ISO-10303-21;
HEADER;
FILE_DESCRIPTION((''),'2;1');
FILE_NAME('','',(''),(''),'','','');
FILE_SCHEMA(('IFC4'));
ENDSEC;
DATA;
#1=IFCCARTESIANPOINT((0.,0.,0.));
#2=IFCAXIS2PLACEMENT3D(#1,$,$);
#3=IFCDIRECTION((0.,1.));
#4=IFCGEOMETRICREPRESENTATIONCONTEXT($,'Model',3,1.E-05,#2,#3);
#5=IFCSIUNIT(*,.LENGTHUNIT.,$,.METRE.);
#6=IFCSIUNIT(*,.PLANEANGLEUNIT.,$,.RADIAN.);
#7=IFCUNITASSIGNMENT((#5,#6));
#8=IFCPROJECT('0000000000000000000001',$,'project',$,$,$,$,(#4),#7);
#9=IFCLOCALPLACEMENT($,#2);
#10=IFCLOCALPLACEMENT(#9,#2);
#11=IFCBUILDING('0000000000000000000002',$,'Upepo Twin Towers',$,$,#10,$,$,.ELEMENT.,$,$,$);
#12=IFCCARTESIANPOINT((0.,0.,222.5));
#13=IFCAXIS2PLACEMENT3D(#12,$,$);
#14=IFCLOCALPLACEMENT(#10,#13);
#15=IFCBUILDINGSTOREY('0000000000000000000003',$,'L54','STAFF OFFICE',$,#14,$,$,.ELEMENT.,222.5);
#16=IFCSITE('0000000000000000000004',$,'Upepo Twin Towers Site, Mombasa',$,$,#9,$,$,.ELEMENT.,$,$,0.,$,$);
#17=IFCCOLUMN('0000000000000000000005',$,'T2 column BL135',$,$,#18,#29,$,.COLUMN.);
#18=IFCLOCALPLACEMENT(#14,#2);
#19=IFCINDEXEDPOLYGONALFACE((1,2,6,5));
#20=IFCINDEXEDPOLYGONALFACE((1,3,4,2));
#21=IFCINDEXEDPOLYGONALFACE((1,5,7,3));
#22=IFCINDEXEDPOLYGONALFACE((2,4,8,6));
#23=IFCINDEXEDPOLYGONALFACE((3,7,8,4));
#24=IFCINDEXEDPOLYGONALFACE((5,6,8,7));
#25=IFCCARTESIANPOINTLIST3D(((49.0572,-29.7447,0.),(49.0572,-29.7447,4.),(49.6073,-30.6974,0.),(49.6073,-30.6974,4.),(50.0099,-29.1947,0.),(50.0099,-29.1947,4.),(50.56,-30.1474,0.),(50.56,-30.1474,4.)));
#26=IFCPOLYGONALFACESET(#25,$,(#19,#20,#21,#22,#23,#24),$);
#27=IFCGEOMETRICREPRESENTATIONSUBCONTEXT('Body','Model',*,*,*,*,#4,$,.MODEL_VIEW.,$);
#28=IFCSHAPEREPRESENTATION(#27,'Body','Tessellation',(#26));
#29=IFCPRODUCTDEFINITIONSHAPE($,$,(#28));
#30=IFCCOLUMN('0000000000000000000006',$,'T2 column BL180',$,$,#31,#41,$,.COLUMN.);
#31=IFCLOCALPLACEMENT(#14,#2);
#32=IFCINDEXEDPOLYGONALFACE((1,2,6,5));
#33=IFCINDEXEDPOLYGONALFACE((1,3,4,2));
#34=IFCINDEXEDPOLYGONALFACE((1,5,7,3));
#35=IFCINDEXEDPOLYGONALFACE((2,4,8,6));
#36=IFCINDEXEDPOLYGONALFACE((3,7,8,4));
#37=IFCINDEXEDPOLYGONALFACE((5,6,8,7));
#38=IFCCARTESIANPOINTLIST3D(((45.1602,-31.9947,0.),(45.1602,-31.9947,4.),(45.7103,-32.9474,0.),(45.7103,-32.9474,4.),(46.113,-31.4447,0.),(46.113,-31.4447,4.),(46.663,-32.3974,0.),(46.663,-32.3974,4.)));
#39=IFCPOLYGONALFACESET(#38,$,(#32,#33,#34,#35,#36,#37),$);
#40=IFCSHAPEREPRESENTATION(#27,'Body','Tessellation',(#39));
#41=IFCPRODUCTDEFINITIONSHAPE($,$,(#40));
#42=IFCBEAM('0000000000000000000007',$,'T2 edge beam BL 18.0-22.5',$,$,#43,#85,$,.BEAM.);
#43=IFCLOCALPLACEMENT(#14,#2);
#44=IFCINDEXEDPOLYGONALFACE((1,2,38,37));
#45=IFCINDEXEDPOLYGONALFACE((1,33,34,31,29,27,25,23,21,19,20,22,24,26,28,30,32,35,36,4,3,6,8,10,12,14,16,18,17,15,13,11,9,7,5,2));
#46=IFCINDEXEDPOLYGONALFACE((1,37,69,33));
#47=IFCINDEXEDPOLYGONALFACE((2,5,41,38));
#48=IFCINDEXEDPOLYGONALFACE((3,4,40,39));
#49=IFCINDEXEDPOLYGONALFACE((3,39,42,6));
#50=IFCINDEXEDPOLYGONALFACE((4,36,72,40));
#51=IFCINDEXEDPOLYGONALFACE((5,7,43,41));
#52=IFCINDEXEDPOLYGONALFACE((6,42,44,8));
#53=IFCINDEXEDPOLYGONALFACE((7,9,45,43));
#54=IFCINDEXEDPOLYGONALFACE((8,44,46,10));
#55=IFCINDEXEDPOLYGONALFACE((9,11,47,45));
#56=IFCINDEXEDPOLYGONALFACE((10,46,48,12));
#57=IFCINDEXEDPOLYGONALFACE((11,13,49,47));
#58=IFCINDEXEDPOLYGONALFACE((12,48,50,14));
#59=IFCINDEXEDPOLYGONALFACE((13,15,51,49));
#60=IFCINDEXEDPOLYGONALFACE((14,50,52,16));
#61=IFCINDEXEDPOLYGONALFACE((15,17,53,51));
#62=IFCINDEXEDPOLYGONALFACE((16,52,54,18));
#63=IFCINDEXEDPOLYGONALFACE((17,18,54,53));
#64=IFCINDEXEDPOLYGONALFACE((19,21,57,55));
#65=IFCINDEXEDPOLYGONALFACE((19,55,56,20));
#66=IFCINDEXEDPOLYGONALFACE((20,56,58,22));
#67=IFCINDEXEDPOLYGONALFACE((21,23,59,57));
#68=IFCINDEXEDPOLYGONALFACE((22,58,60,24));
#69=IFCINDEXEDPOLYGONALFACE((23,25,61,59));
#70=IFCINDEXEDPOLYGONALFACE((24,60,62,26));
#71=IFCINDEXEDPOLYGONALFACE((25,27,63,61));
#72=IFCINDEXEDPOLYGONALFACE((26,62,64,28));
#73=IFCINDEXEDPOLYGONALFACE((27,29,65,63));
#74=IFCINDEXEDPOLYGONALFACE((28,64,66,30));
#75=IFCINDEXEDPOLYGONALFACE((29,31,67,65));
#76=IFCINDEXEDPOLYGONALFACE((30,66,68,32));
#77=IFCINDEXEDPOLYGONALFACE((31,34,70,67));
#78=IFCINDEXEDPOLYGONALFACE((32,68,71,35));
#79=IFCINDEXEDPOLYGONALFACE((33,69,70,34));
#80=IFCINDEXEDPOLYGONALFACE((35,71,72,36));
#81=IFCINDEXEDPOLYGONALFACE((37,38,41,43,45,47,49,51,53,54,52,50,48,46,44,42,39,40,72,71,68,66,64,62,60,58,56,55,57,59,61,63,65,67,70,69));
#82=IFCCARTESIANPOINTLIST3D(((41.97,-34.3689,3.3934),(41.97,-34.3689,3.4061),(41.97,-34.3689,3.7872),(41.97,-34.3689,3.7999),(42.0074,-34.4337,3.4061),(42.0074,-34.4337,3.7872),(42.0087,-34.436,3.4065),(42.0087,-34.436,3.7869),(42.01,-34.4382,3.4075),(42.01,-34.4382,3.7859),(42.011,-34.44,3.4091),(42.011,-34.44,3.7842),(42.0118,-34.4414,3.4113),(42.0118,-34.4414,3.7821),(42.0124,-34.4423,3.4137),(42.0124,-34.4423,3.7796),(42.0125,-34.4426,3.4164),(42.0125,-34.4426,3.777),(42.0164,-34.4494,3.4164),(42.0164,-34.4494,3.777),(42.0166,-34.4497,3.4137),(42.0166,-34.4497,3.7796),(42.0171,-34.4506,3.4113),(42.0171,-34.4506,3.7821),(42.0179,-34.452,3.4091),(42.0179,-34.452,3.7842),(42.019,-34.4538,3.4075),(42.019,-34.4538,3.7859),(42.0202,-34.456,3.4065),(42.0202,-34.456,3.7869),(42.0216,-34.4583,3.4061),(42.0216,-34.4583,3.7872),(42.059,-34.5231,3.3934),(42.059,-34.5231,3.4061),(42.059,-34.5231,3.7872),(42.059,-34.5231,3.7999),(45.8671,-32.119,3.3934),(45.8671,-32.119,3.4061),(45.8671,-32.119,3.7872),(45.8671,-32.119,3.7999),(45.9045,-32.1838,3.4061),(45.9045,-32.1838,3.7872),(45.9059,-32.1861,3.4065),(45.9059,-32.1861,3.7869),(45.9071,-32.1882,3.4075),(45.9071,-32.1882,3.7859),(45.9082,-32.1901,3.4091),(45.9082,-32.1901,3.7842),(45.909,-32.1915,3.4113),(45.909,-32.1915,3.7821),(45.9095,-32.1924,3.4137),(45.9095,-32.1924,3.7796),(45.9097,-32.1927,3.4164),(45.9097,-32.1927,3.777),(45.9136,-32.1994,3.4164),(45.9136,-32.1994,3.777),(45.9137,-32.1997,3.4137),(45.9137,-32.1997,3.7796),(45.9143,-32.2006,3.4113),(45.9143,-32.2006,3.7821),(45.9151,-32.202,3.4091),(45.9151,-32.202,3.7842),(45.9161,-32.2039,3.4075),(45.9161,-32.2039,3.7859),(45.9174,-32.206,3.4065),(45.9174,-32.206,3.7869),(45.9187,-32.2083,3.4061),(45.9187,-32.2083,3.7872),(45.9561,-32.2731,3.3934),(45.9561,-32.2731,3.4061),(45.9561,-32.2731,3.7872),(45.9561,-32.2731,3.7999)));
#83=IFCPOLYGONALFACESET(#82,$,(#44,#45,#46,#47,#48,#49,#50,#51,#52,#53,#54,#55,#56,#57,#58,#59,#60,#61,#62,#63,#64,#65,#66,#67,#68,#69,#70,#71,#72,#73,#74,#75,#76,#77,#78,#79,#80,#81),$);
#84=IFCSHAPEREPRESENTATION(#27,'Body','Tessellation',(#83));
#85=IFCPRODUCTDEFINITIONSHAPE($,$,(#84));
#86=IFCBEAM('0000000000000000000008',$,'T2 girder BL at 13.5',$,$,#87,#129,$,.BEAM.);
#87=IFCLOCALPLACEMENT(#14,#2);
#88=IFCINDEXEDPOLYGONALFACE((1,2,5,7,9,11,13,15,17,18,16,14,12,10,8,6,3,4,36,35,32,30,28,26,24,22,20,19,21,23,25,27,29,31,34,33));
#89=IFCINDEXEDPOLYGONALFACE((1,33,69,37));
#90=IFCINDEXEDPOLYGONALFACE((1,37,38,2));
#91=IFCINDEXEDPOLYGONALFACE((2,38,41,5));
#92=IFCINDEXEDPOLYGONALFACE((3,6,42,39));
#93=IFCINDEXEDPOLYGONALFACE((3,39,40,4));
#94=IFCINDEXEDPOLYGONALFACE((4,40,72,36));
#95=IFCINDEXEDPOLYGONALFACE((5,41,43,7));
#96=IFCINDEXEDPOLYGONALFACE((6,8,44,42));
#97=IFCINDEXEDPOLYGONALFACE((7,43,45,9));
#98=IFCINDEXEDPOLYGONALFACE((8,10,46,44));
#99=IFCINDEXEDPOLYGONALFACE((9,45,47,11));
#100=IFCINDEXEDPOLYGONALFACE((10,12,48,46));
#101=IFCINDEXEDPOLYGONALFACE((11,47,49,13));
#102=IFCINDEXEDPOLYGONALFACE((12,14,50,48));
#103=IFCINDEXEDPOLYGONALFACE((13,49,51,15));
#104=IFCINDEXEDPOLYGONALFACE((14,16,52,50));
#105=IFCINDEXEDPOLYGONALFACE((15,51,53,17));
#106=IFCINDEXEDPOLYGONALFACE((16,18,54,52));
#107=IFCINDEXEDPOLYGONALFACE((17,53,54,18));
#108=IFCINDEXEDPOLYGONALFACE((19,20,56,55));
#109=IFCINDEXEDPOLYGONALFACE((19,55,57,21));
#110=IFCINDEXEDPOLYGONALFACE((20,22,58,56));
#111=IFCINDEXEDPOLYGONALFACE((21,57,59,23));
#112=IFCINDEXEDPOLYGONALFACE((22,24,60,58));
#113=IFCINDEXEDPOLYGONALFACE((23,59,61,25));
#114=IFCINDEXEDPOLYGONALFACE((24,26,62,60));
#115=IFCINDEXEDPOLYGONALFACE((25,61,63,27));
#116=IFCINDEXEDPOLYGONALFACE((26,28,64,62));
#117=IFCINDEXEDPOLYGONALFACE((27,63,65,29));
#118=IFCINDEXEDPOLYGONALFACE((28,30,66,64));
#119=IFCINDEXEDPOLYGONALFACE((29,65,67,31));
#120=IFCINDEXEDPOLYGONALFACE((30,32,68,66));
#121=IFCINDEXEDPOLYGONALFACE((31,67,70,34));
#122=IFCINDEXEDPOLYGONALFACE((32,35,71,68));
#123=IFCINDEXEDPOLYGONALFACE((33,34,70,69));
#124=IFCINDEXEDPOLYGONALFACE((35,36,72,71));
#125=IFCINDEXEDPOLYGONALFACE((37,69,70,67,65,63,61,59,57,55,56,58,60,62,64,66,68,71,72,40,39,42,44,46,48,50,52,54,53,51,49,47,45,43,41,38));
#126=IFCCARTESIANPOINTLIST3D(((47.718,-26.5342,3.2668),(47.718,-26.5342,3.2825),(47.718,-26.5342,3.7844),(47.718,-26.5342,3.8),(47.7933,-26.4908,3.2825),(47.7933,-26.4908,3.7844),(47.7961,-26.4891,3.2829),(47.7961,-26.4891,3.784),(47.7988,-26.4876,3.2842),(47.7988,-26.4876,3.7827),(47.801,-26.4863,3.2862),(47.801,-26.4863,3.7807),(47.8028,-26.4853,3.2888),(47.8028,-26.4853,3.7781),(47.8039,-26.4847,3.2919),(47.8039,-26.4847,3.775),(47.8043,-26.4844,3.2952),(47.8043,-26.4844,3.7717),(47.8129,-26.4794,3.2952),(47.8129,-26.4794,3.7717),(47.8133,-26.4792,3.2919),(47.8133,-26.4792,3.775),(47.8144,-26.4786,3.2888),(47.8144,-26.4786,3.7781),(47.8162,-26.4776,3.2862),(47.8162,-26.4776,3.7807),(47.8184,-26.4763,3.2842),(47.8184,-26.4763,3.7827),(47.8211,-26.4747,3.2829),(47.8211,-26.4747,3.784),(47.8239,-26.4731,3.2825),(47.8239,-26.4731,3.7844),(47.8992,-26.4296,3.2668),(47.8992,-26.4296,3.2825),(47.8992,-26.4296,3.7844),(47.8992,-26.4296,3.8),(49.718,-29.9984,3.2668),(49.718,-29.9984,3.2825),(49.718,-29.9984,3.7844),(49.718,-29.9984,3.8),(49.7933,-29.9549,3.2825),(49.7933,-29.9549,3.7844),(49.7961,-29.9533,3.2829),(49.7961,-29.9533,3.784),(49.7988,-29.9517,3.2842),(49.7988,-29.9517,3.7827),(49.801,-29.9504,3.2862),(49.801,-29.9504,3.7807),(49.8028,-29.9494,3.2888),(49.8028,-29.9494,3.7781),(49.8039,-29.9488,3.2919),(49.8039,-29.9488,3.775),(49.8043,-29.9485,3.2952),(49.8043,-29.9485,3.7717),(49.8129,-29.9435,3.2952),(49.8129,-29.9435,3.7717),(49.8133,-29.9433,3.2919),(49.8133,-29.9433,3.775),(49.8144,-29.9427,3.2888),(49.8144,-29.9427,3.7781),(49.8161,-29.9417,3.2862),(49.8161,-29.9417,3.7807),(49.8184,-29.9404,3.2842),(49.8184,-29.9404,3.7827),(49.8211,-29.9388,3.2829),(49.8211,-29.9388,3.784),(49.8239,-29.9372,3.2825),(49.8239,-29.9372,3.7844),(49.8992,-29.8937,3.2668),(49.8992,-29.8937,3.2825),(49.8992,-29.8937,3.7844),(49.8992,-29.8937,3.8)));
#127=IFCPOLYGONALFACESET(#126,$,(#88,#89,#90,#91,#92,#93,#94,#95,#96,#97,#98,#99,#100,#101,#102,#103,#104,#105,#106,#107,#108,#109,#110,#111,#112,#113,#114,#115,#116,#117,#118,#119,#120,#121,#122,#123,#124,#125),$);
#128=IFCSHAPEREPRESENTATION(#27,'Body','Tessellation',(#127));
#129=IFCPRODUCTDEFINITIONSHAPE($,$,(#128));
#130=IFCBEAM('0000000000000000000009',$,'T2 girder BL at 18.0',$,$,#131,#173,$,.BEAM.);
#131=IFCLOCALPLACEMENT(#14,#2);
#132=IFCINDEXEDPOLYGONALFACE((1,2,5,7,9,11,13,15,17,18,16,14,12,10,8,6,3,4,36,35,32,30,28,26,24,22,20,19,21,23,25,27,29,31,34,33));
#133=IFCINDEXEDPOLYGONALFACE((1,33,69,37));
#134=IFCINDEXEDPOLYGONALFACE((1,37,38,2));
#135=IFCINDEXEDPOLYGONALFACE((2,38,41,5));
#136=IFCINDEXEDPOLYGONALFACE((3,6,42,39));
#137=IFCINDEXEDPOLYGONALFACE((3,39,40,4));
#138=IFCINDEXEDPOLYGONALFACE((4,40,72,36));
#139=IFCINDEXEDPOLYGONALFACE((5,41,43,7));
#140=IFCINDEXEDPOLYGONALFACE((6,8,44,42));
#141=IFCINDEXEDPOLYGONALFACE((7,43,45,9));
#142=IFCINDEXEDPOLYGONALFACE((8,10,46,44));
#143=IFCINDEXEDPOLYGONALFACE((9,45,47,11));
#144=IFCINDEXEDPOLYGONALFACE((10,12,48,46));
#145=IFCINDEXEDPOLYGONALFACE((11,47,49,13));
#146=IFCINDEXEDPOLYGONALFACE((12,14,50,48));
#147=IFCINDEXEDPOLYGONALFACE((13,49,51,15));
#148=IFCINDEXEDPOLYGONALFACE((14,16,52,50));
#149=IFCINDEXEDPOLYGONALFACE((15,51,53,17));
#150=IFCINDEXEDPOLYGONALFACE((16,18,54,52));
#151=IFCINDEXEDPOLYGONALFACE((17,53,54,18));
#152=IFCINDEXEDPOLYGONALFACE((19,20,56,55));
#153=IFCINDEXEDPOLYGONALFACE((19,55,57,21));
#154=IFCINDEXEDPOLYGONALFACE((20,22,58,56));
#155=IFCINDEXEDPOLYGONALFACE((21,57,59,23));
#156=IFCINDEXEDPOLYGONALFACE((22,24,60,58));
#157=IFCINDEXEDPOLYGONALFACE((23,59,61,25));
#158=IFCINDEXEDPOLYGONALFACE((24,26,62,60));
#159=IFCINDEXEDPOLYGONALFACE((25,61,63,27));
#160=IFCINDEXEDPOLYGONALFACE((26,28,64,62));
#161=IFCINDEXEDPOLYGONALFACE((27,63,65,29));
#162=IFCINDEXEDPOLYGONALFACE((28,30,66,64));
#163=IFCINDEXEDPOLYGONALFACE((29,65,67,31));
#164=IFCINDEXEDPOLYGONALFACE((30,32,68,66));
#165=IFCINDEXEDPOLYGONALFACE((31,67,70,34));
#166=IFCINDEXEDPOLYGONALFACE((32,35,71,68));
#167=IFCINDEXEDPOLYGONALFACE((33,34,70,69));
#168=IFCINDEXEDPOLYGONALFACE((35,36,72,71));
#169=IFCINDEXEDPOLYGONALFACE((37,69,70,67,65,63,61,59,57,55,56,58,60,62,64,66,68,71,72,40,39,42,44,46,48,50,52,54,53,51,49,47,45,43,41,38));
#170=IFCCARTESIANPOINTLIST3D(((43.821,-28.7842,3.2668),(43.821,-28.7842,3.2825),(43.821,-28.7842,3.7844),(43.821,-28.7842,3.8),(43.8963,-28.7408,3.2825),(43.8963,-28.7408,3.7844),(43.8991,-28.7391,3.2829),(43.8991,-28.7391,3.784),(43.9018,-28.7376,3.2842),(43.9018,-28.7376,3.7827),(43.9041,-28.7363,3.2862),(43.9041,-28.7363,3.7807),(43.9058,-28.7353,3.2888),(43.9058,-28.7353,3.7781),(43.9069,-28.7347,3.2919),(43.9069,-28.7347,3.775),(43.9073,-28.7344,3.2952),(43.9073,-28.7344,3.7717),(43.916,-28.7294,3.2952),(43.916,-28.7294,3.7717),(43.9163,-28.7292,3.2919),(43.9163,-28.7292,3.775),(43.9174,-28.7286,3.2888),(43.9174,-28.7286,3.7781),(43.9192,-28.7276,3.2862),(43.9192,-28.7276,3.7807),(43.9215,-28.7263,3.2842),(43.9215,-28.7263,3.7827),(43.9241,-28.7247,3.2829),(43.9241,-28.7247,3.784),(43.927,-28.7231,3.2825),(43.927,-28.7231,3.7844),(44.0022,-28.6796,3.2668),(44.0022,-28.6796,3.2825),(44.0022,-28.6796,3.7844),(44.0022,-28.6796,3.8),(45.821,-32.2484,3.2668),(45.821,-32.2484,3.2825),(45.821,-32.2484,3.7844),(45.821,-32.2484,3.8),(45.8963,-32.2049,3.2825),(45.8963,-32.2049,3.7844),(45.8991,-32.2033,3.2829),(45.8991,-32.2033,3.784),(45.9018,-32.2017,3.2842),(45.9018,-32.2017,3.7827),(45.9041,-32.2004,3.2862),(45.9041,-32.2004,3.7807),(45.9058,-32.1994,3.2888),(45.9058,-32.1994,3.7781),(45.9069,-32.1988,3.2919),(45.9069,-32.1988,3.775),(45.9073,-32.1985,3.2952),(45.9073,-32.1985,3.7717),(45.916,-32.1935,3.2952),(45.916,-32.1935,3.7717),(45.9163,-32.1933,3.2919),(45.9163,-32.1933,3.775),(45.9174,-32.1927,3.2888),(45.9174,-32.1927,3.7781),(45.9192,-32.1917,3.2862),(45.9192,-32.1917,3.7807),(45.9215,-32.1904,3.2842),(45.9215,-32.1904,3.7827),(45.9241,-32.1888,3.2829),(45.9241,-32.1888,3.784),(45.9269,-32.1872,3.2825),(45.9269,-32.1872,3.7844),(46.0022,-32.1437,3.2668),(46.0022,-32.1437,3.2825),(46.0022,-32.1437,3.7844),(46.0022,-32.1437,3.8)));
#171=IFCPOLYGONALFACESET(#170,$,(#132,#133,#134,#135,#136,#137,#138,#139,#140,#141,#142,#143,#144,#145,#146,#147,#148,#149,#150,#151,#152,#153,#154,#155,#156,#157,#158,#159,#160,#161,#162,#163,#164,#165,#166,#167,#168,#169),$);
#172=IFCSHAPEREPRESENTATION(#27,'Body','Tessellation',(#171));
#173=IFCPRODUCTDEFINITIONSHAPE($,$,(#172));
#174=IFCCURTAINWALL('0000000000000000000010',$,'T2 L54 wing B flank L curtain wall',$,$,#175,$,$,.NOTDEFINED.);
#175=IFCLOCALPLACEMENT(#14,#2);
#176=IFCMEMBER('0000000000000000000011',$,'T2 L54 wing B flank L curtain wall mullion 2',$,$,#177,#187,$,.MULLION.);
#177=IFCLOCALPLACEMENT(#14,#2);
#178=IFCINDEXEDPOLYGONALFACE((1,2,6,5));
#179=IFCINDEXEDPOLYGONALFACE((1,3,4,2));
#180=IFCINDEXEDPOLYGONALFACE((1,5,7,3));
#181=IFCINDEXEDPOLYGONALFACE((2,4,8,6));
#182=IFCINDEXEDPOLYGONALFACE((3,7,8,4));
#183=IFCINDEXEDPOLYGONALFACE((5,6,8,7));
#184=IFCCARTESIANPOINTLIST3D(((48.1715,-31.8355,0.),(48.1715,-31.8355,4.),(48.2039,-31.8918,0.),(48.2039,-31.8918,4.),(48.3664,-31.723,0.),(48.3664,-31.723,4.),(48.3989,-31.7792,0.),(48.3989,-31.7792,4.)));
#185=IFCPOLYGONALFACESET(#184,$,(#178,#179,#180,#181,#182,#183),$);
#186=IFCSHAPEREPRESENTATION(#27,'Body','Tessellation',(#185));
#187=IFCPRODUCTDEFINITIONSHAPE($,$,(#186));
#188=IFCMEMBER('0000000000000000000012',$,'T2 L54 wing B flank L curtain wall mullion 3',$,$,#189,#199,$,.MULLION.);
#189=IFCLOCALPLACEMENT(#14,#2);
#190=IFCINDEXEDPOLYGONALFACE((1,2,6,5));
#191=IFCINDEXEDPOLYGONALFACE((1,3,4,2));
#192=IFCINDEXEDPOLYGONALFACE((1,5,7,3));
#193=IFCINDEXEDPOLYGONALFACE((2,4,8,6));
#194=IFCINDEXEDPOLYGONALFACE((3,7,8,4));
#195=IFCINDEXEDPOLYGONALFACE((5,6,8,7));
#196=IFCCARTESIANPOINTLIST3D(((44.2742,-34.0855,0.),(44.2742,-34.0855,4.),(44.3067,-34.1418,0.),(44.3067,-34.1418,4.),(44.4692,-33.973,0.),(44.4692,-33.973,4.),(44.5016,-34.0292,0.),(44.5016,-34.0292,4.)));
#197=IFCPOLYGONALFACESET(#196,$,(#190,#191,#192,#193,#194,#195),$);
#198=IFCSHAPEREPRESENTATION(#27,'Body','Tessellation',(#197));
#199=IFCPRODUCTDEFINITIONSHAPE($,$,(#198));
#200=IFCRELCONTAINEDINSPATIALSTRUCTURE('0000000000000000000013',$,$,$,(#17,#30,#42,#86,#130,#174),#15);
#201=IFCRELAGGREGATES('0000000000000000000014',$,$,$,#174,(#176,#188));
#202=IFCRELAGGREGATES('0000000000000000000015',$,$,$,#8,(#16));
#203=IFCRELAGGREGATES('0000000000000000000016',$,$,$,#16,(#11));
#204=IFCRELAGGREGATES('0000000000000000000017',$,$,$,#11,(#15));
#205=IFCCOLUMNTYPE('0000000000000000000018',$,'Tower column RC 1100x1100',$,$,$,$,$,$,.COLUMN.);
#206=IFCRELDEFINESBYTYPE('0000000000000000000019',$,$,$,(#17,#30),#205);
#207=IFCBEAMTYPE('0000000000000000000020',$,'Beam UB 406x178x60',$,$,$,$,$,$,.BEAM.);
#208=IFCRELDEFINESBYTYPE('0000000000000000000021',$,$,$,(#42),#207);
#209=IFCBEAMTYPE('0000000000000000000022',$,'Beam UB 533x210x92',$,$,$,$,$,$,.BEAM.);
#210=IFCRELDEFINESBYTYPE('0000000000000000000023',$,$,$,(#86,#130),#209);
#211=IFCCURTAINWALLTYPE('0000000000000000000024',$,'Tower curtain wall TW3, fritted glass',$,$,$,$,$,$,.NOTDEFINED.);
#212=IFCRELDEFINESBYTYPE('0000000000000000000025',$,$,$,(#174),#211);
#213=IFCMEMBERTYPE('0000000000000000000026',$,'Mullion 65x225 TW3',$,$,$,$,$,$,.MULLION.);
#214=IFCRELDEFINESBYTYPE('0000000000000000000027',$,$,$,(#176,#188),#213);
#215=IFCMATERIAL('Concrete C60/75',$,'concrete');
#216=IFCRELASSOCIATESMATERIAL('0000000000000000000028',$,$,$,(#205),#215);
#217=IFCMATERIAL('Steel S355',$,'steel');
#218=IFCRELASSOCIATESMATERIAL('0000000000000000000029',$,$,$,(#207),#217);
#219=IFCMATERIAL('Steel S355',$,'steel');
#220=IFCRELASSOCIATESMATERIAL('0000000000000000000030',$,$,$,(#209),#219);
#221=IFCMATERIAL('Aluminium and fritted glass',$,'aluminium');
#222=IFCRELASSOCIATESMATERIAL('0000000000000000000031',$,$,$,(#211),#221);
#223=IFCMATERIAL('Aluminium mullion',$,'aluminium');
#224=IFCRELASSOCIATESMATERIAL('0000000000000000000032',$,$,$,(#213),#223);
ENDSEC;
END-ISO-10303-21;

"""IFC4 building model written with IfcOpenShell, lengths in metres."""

from ifc_helpers import new_model, si_unit, direction, frame, origin, origin_2d, place, context, subcontext, project, spatial, rectangle, i_section, extrude, material, material_profile, profile_set, type_object, element, aggregate, save


model = new_model("IFC4")

# Units and contexts
model_context = context("Model", 3, precision=1e-05, world=origin(), true_north=direction((0.0, 1.0)))
body_context = subcontext(model_context, "Body", "Model", "MODEL_VIEW")
ifc_project = project(units=[si_unit("LENGTHUNIT", "METRE"), si_unit("PLANEANGLEUNIT", "RADIAN")], contexts=[model_context])

# Site, building, storey
site_placement = place(None, origin())
site = spatial("IfcSite", under=ifc_project, at=site_placement, Name="Upepo Twin Towers Site, Mombasa", CompositionType="ELEMENT", RefElevation=0.0)
building_placement = place(site_placement, origin())
building = spatial("IfcBuilding", under=site, at=building_placement, Name="Upepo Twin Towers", CompositionType="ELEMENT")
storey_placement = place(building_placement, frame((0.0, 0.0, 222.5)))
storey = spatial("IfcBuildingStorey", under=building, at=storey_placement, Name="L54", Description="STAFF OFFICE", CompositionType="ELEMENT", Elevation=222.5)

# Columns
ifc_material_1 = material(Name="Concrete C60/75", Category="concrete")
ifc_material_profile_1 = material_profile(ifc_material_1, rectangle(XDim=1.1001, YDim=1.1001, at=origin_2d()), Name="RC 1100x1100")
ifc_profile_set_1 = profile_set([ifc_material_profile_1], Name="Concrete C60/75")
column_type = type_object("IfcColumnType", Name="Tower column RC 1100x1100", PredefinedType="COLUMN", material=ifc_profile_set_1)
for number, where, z_axis, x_axis, name in (
    (1, (49.8086, -29.946, 0.0), (0.0, 0.0, 1.0), (0.866025, 0.5, 0.0), "T2 column BL135"),
    (2, (45.9116, -32.196, 0.0), (0.0, 0.0, 1.0), (0.866025, 0.5, 0.0), "T2 column BL180"),
):
    element("IfcColumn", number, at=place(storey_placement, frame(where, z_axis=z_axis, x_axis=x_axis)), inside=storey, type_object=column_type, Name=name, PredefinedType="COLUMN", context=body_context, shape_type="SweptSolid", body=[
        extrude(rectangle(XDim=1.1001, YDim=1.1001, at=origin_2d()), origin(), (0.0, 0.0, 1.0), 4.0),
    ])

# Beams
ifc_material_2 = material(Name="Steel S355", Category="steel")
ifc_material_profile_2 = material_profile(ifc_material_2, i_section(OverallWidth=0.178, OverallDepth=0.4065, WebThickness=0.0078, FlangeThickness=0.0127, FilletRadius=0.0103, at=origin_2d()), Name="UB 406x178x60")
ifc_profile_set_2 = profile_set([ifc_material_profile_2], Name="Steel S355")
beam_type_1 = type_object("IfcBeamType", Name="Beam UB 406x178x60", PredefinedType="BEAM", material=ifc_profile_set_2)
beam_placement = place(storey_placement, frame((45.9116, -32.196, 3.5967), z_axis=(-0.866031, -0.49999, 0.0), x_axis=(0.49999, -0.866031, 0.0)))
element("IfcBeam", 3, at=beam_placement, inside=storey, type_object=beam_type_1, Name="T2 edge beam BL 18.0-22.5", PredefinedType="BEAM", context=body_context, shape_type="SweptSolid", body=[
    extrude(i_section(OverallWidth=0.178, OverallDepth=0.4065, WebThickness=0.0078, FlangeThickness=0.0127, FilletRadius=0.0103, at=origin_2d()), origin(), (0.0, 0.0, 1.0), 4.5),
])
ifc_material_3 = material(Name="Steel S355", Category="steel")
ifc_material_profile_3 = material_profile(ifc_material_3, i_section(OverallWidth=0.2092, OverallDepth=0.5332, WebThickness=0.01, FlangeThickness=0.0156, FilletRadius=0.0127, at=origin_2d()), Name="UB 533x210x92")
ifc_profile_set_3 = profile_set([ifc_material_profile_3], Name="Steel S355")
beam_type_2 = type_object("IfcBeamType", Name="Beam UB 533x210x92", PredefinedType="BEAM", material=ifc_profile_set_3)
for number, where, z_axis, x_axis, name in (
    (4, (49.8086, -29.946, 3.5334), (-0.499999, 0.866026, 0.0), (-0.866026, -0.499999, 0.0), "T2 girder BL at 13.5"),
    (5, (45.9116, -32.196, 3.5334), (-0.499999, 0.866026, 0.0), (-0.866026, -0.499999, 0.0), "T2 girder BL at 18.0"),
):
    element("IfcBeam", number, at=place(storey_placement, frame(where, z_axis=z_axis, x_axis=x_axis)), inside=storey, type_object=beam_type_2, Name=name, PredefinedType="BEAM", context=body_context, shape_type="SweptSolid", body=[
        extrude(i_section(OverallWidth=0.2092, OverallDepth=0.5332, WebThickness=0.01, FlangeThickness=0.0156, FilletRadius=0.0127, at=origin_2d()), origin(), (0.0, 0.0, 1.0), 4.0),
    ])

# Curtain wall, members
ifc_material_4 = material(Name="Aluminium and fritted glass", Category="aluminium")
curtain_wall_type = type_object("IfcCurtainWallType", Name="Tower curtain wall TW3, fritted glass", PredefinedType="NOTDEFINED", material=ifc_material_4)
curtain_wall_placement = place(storey_placement, origin())
curtain_wall = element("IfcCurtainWall", 6, at=curtain_wall_placement, inside=storey, type_object=curtain_wall_type, Name="T2 L54 wing B flank L curtain wall", PredefinedType="NOTDEFINED")
ifc_material_5 = material(Name="Aluminium mullion", Category="aluminium")
ifc_material_profile_4 = material_profile(ifc_material_5, rectangle(XDim=0.0649, YDim=0.2251, at=origin_2d()), Name="MULLION 65x225")
ifc_profile_set_4 = profile_set([ifc_material_profile_4], Name="Aluminium mullion")
member_type_1 = type_object("IfcMemberType", Name="Mullion 65x225 TW3", PredefinedType="MULLION", material=ifc_profile_set_4)
member_1_placement = place(storey_placement, frame((48.2852, -31.8074, 0.0), z_axis=(0.0, 0.0, 1.0), x_axis=(0.5, -0.866025, 0.0)))
member_1 = element("IfcMember", 7, at=member_1_placement, type_object=member_type_1, Name="T2 L54 wing B flank L curtain wall mullion 2", PredefinedType="MULLION", context=body_context, shape_type="SweptSolid", body=[
    extrude(rectangle(XDim=0.0649, YDim=0.2251, at=origin_2d()), origin(), (0.0, 0.0, 1.0), 4.0),
])
member_2_placement = place(storey_placement, frame((44.3879, -34.0574, 0.0), z_axis=(0.0, 0.0, 1.0), x_axis=(0.5, -0.866025, 0.0)))
member_2 = element("IfcMember", 8, at=member_2_placement, type_object=member_type_1, Name="T2 L54 wing B flank L curtain wall mullion 3", PredefinedType="MULLION", context=body_context, shape_type="SweptSolid", body=[
    extrude(rectangle(XDim=0.0649, YDim=0.2251, at=origin_2d()), origin(), (0.0, 0.0, 1.0), 4.0),
])
aggregate(curtain_wall, [member_1, member_2])

save(model, "model.ifc")
